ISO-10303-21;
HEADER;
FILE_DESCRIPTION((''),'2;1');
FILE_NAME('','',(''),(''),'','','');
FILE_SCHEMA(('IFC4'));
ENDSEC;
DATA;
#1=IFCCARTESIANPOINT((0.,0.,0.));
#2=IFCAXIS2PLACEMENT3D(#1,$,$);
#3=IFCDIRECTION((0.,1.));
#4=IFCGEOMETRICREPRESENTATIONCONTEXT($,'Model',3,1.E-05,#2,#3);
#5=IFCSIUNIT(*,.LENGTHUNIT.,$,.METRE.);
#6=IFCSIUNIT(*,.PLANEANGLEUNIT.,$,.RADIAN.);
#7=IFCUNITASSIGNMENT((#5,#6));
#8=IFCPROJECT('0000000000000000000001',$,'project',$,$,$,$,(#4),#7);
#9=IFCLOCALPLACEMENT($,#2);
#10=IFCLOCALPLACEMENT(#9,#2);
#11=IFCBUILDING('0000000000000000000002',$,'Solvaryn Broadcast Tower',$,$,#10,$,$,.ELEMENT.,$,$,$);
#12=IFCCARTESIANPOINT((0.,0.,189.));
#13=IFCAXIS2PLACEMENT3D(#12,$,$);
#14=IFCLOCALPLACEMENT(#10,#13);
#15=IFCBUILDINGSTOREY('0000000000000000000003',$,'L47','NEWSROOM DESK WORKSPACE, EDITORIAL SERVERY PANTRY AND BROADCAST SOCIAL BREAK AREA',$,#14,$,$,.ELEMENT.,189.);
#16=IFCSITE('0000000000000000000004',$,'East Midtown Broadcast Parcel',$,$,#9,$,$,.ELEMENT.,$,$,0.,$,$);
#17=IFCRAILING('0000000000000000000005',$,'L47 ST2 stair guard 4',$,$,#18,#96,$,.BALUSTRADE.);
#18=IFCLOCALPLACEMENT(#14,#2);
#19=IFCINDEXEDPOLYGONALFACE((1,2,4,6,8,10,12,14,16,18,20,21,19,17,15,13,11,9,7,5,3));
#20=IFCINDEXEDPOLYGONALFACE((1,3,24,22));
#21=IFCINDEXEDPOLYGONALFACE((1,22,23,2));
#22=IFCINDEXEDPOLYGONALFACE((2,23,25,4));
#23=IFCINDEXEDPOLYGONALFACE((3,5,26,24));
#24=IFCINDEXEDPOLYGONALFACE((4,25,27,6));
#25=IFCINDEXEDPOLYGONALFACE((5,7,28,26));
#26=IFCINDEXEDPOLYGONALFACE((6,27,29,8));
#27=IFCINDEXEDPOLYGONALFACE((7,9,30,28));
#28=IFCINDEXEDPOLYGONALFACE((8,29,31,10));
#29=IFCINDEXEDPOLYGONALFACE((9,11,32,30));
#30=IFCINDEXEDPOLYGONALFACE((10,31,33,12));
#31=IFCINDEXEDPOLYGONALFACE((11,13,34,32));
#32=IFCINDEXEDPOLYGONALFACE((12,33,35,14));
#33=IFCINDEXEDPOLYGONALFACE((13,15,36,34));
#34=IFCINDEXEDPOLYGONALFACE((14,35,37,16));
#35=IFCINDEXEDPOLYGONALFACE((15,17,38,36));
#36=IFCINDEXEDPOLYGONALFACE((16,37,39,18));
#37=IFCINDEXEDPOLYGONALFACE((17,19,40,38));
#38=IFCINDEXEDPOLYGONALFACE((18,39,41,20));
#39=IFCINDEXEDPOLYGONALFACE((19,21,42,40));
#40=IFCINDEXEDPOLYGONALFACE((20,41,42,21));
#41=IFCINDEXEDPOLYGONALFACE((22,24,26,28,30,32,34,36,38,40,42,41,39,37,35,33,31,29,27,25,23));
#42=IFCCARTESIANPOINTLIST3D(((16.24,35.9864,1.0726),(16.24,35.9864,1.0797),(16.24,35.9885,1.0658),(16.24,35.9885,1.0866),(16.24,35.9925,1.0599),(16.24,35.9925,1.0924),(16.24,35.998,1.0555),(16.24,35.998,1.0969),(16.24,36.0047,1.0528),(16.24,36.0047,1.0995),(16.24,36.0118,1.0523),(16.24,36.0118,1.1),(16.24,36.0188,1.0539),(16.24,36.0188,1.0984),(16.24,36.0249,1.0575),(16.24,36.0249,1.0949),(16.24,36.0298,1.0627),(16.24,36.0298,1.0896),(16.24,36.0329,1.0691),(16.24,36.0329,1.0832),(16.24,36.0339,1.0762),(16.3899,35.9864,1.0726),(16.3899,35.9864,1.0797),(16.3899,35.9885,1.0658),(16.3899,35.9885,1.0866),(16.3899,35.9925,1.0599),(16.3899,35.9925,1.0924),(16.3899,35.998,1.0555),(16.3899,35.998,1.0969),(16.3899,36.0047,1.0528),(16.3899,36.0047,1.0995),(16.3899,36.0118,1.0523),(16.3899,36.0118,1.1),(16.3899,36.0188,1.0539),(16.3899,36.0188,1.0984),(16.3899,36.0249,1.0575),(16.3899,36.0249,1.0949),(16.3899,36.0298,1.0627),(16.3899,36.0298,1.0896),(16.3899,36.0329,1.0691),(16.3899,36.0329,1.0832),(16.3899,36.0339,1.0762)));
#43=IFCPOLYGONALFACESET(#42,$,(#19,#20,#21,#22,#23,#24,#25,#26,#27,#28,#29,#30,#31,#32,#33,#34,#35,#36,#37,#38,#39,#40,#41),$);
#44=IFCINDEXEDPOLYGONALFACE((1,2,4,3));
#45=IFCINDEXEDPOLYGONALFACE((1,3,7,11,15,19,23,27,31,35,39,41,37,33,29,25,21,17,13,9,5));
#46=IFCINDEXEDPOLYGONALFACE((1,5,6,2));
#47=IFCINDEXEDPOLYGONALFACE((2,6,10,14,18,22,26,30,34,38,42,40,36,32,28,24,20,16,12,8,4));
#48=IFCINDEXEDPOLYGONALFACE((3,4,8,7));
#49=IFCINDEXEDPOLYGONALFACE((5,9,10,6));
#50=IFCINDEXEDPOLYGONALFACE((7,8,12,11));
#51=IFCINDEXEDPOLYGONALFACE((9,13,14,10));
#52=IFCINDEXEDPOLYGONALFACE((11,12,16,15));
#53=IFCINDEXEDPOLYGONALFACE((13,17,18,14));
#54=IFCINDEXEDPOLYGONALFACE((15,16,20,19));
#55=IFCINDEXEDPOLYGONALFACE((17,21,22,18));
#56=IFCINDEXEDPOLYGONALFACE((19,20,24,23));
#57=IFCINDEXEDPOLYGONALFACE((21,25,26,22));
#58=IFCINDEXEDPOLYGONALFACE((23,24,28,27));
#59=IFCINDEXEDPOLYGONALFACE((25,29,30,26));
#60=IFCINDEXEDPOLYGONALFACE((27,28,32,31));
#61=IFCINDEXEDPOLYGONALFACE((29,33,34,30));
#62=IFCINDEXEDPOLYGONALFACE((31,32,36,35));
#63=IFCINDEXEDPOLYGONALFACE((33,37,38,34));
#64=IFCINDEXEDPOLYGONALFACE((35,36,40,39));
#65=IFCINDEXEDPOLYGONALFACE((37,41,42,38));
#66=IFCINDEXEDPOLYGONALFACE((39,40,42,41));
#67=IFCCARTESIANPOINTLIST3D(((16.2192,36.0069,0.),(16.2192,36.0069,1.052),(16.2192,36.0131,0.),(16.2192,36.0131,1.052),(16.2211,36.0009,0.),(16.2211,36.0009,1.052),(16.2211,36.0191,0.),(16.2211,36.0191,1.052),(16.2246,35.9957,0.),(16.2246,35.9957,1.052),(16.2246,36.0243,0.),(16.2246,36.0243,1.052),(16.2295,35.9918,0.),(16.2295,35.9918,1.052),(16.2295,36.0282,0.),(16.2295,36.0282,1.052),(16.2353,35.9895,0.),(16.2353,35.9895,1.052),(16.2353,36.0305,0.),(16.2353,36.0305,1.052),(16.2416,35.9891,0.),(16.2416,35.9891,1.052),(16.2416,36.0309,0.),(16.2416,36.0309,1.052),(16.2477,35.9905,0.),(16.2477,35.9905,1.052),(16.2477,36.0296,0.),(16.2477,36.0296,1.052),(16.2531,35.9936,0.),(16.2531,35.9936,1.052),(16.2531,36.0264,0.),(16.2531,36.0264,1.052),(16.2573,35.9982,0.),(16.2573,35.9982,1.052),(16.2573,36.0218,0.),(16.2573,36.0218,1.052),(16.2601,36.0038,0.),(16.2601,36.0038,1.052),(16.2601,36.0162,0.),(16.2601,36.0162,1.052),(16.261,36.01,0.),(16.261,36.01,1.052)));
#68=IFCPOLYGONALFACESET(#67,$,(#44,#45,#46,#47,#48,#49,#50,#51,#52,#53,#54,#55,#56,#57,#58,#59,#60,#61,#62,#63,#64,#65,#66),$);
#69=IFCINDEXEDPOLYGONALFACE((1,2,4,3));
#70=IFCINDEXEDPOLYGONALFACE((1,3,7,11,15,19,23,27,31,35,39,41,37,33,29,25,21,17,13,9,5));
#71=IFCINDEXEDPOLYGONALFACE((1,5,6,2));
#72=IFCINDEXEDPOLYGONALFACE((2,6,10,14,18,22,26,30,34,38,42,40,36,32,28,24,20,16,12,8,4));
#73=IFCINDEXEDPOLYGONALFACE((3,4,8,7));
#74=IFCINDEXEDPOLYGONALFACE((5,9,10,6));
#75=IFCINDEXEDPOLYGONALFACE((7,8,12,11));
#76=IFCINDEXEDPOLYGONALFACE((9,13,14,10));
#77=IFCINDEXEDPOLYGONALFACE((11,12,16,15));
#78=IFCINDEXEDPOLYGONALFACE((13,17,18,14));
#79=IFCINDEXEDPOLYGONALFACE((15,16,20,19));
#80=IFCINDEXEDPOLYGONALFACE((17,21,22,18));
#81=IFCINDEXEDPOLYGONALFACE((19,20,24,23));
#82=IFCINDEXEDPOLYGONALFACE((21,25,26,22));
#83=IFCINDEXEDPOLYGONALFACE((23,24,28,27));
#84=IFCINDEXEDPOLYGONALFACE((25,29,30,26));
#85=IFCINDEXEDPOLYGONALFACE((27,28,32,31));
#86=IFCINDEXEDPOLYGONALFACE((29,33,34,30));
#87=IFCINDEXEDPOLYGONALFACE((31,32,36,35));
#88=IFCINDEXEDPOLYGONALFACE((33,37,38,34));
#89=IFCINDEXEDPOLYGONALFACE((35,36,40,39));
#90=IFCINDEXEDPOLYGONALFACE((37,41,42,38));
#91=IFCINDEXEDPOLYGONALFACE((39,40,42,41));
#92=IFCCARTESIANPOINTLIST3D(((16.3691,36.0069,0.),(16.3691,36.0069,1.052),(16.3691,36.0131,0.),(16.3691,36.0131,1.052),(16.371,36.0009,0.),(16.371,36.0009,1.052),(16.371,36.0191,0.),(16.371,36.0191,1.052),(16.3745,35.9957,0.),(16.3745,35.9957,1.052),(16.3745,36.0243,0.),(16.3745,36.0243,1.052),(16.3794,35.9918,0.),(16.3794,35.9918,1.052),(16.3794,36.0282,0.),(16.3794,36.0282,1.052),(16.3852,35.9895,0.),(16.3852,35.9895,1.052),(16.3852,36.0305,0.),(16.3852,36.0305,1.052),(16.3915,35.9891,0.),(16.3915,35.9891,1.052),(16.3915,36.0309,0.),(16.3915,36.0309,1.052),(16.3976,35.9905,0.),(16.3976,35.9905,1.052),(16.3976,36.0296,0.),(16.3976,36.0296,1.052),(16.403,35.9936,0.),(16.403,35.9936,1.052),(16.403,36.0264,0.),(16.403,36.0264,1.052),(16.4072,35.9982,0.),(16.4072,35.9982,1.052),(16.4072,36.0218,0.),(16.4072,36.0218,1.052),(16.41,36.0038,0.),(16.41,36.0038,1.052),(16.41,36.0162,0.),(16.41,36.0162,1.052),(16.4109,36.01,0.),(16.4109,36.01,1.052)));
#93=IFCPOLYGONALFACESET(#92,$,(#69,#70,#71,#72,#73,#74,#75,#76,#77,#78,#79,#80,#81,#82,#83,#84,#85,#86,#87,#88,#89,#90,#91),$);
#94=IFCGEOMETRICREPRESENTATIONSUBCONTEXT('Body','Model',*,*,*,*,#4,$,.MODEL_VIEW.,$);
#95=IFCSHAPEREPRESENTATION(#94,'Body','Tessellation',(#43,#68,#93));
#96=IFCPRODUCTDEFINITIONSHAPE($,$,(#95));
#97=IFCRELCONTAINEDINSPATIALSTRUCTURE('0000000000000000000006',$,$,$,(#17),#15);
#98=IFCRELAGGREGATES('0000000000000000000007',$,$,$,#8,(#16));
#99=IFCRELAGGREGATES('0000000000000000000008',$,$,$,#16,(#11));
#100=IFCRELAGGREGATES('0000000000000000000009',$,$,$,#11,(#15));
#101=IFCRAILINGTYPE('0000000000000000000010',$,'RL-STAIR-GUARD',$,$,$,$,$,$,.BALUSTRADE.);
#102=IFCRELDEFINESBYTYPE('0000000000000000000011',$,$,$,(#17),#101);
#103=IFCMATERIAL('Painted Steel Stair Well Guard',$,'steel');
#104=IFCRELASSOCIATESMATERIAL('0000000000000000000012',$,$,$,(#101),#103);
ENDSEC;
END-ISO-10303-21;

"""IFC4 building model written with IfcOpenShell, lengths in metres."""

from ifc_helpers import new_model, si_unit, direction, frame, origin, origin_2d, place, context, subcontext, project, spatial, circle, extrude, material, type_object, element, save


model = new_model("IFC4")

# Units and contexts
model_context = context("Model", 3, precision=1e-05, world=origin(), true_north=direction((0.0, 1.0)))
body_context = subcontext(model_context, "Body", "Model", "MODEL_VIEW")
ifc_project = project(units=[si_unit("LENGTHUNIT", "METRE"), si_unit("PLANEANGLEUNIT", "RADIAN")], contexts=[model_context])

# Site, building, storey
site_placement = place(None, origin())
site = spatial("IfcSite", under=ifc_project, at=site_placement, Name="East Midtown Broadcast Parcel", CompositionType="ELEMENT", RefElevation=0.0)
building_placement = place(site_placement, origin())
building = spatial("IfcBuilding", under=site, at=building_placement, Name="Solvaryn Broadcast Tower", CompositionType="ELEMENT")
storey_placement = place(building_placement, frame((0.0, 0.0, 189.0)))
storey = spatial("IfcBuildingStorey", under=building, at=storey_placement, Name="L47", Description="NEWSROOM DESK WORKSPACE, EDITORIAL SERVERY PANTRY AND BROADCAST SOCIAL BREAK AREA", CompositionType="ELEMENT", Elevation=189.0)

# Railing
ifc_material_1 = material(Name="Painted Steel Stair Well Guard", Category="steel")
railing_type_1 = type_object("IfcRailingType", Name="RL-STAIR-GUARD", PredefinedType="BALUSTRADE", material=ifc_material_1)
railing_1_placement = place(storey_placement, frame((16.24, 36.01, 0.0)))
element("IfcRailing", 1, at=railing_1_placement, inside=storey, type_object=railing_type_1, Name="L47 ST2 stair guard 4", PredefinedType="BALUSTRADE", context=body_context, shape_type="SweptSolid", body=[
    extrude(circle(Radius=0.0239, at=origin_2d()), frame((0.0, 0.0, 1.0762), z_axis=(1.0, 0.0, 0.0), x_axis=(0.0, 1.0, 0.0)), (0.0, 0.0, 1.0), 0.1499),
    extrude(circle(Radius=0.021, at=origin_2d()), origin(), (0.0, 0.0, 1.0), 1.052),
    extrude(circle(Radius=0.021, at=origin_2d()), frame((0.1499, 0.0, 0.0)), (0.0, 0.0, 1.0), 1.052),
])

save(model, "model.ifc")
